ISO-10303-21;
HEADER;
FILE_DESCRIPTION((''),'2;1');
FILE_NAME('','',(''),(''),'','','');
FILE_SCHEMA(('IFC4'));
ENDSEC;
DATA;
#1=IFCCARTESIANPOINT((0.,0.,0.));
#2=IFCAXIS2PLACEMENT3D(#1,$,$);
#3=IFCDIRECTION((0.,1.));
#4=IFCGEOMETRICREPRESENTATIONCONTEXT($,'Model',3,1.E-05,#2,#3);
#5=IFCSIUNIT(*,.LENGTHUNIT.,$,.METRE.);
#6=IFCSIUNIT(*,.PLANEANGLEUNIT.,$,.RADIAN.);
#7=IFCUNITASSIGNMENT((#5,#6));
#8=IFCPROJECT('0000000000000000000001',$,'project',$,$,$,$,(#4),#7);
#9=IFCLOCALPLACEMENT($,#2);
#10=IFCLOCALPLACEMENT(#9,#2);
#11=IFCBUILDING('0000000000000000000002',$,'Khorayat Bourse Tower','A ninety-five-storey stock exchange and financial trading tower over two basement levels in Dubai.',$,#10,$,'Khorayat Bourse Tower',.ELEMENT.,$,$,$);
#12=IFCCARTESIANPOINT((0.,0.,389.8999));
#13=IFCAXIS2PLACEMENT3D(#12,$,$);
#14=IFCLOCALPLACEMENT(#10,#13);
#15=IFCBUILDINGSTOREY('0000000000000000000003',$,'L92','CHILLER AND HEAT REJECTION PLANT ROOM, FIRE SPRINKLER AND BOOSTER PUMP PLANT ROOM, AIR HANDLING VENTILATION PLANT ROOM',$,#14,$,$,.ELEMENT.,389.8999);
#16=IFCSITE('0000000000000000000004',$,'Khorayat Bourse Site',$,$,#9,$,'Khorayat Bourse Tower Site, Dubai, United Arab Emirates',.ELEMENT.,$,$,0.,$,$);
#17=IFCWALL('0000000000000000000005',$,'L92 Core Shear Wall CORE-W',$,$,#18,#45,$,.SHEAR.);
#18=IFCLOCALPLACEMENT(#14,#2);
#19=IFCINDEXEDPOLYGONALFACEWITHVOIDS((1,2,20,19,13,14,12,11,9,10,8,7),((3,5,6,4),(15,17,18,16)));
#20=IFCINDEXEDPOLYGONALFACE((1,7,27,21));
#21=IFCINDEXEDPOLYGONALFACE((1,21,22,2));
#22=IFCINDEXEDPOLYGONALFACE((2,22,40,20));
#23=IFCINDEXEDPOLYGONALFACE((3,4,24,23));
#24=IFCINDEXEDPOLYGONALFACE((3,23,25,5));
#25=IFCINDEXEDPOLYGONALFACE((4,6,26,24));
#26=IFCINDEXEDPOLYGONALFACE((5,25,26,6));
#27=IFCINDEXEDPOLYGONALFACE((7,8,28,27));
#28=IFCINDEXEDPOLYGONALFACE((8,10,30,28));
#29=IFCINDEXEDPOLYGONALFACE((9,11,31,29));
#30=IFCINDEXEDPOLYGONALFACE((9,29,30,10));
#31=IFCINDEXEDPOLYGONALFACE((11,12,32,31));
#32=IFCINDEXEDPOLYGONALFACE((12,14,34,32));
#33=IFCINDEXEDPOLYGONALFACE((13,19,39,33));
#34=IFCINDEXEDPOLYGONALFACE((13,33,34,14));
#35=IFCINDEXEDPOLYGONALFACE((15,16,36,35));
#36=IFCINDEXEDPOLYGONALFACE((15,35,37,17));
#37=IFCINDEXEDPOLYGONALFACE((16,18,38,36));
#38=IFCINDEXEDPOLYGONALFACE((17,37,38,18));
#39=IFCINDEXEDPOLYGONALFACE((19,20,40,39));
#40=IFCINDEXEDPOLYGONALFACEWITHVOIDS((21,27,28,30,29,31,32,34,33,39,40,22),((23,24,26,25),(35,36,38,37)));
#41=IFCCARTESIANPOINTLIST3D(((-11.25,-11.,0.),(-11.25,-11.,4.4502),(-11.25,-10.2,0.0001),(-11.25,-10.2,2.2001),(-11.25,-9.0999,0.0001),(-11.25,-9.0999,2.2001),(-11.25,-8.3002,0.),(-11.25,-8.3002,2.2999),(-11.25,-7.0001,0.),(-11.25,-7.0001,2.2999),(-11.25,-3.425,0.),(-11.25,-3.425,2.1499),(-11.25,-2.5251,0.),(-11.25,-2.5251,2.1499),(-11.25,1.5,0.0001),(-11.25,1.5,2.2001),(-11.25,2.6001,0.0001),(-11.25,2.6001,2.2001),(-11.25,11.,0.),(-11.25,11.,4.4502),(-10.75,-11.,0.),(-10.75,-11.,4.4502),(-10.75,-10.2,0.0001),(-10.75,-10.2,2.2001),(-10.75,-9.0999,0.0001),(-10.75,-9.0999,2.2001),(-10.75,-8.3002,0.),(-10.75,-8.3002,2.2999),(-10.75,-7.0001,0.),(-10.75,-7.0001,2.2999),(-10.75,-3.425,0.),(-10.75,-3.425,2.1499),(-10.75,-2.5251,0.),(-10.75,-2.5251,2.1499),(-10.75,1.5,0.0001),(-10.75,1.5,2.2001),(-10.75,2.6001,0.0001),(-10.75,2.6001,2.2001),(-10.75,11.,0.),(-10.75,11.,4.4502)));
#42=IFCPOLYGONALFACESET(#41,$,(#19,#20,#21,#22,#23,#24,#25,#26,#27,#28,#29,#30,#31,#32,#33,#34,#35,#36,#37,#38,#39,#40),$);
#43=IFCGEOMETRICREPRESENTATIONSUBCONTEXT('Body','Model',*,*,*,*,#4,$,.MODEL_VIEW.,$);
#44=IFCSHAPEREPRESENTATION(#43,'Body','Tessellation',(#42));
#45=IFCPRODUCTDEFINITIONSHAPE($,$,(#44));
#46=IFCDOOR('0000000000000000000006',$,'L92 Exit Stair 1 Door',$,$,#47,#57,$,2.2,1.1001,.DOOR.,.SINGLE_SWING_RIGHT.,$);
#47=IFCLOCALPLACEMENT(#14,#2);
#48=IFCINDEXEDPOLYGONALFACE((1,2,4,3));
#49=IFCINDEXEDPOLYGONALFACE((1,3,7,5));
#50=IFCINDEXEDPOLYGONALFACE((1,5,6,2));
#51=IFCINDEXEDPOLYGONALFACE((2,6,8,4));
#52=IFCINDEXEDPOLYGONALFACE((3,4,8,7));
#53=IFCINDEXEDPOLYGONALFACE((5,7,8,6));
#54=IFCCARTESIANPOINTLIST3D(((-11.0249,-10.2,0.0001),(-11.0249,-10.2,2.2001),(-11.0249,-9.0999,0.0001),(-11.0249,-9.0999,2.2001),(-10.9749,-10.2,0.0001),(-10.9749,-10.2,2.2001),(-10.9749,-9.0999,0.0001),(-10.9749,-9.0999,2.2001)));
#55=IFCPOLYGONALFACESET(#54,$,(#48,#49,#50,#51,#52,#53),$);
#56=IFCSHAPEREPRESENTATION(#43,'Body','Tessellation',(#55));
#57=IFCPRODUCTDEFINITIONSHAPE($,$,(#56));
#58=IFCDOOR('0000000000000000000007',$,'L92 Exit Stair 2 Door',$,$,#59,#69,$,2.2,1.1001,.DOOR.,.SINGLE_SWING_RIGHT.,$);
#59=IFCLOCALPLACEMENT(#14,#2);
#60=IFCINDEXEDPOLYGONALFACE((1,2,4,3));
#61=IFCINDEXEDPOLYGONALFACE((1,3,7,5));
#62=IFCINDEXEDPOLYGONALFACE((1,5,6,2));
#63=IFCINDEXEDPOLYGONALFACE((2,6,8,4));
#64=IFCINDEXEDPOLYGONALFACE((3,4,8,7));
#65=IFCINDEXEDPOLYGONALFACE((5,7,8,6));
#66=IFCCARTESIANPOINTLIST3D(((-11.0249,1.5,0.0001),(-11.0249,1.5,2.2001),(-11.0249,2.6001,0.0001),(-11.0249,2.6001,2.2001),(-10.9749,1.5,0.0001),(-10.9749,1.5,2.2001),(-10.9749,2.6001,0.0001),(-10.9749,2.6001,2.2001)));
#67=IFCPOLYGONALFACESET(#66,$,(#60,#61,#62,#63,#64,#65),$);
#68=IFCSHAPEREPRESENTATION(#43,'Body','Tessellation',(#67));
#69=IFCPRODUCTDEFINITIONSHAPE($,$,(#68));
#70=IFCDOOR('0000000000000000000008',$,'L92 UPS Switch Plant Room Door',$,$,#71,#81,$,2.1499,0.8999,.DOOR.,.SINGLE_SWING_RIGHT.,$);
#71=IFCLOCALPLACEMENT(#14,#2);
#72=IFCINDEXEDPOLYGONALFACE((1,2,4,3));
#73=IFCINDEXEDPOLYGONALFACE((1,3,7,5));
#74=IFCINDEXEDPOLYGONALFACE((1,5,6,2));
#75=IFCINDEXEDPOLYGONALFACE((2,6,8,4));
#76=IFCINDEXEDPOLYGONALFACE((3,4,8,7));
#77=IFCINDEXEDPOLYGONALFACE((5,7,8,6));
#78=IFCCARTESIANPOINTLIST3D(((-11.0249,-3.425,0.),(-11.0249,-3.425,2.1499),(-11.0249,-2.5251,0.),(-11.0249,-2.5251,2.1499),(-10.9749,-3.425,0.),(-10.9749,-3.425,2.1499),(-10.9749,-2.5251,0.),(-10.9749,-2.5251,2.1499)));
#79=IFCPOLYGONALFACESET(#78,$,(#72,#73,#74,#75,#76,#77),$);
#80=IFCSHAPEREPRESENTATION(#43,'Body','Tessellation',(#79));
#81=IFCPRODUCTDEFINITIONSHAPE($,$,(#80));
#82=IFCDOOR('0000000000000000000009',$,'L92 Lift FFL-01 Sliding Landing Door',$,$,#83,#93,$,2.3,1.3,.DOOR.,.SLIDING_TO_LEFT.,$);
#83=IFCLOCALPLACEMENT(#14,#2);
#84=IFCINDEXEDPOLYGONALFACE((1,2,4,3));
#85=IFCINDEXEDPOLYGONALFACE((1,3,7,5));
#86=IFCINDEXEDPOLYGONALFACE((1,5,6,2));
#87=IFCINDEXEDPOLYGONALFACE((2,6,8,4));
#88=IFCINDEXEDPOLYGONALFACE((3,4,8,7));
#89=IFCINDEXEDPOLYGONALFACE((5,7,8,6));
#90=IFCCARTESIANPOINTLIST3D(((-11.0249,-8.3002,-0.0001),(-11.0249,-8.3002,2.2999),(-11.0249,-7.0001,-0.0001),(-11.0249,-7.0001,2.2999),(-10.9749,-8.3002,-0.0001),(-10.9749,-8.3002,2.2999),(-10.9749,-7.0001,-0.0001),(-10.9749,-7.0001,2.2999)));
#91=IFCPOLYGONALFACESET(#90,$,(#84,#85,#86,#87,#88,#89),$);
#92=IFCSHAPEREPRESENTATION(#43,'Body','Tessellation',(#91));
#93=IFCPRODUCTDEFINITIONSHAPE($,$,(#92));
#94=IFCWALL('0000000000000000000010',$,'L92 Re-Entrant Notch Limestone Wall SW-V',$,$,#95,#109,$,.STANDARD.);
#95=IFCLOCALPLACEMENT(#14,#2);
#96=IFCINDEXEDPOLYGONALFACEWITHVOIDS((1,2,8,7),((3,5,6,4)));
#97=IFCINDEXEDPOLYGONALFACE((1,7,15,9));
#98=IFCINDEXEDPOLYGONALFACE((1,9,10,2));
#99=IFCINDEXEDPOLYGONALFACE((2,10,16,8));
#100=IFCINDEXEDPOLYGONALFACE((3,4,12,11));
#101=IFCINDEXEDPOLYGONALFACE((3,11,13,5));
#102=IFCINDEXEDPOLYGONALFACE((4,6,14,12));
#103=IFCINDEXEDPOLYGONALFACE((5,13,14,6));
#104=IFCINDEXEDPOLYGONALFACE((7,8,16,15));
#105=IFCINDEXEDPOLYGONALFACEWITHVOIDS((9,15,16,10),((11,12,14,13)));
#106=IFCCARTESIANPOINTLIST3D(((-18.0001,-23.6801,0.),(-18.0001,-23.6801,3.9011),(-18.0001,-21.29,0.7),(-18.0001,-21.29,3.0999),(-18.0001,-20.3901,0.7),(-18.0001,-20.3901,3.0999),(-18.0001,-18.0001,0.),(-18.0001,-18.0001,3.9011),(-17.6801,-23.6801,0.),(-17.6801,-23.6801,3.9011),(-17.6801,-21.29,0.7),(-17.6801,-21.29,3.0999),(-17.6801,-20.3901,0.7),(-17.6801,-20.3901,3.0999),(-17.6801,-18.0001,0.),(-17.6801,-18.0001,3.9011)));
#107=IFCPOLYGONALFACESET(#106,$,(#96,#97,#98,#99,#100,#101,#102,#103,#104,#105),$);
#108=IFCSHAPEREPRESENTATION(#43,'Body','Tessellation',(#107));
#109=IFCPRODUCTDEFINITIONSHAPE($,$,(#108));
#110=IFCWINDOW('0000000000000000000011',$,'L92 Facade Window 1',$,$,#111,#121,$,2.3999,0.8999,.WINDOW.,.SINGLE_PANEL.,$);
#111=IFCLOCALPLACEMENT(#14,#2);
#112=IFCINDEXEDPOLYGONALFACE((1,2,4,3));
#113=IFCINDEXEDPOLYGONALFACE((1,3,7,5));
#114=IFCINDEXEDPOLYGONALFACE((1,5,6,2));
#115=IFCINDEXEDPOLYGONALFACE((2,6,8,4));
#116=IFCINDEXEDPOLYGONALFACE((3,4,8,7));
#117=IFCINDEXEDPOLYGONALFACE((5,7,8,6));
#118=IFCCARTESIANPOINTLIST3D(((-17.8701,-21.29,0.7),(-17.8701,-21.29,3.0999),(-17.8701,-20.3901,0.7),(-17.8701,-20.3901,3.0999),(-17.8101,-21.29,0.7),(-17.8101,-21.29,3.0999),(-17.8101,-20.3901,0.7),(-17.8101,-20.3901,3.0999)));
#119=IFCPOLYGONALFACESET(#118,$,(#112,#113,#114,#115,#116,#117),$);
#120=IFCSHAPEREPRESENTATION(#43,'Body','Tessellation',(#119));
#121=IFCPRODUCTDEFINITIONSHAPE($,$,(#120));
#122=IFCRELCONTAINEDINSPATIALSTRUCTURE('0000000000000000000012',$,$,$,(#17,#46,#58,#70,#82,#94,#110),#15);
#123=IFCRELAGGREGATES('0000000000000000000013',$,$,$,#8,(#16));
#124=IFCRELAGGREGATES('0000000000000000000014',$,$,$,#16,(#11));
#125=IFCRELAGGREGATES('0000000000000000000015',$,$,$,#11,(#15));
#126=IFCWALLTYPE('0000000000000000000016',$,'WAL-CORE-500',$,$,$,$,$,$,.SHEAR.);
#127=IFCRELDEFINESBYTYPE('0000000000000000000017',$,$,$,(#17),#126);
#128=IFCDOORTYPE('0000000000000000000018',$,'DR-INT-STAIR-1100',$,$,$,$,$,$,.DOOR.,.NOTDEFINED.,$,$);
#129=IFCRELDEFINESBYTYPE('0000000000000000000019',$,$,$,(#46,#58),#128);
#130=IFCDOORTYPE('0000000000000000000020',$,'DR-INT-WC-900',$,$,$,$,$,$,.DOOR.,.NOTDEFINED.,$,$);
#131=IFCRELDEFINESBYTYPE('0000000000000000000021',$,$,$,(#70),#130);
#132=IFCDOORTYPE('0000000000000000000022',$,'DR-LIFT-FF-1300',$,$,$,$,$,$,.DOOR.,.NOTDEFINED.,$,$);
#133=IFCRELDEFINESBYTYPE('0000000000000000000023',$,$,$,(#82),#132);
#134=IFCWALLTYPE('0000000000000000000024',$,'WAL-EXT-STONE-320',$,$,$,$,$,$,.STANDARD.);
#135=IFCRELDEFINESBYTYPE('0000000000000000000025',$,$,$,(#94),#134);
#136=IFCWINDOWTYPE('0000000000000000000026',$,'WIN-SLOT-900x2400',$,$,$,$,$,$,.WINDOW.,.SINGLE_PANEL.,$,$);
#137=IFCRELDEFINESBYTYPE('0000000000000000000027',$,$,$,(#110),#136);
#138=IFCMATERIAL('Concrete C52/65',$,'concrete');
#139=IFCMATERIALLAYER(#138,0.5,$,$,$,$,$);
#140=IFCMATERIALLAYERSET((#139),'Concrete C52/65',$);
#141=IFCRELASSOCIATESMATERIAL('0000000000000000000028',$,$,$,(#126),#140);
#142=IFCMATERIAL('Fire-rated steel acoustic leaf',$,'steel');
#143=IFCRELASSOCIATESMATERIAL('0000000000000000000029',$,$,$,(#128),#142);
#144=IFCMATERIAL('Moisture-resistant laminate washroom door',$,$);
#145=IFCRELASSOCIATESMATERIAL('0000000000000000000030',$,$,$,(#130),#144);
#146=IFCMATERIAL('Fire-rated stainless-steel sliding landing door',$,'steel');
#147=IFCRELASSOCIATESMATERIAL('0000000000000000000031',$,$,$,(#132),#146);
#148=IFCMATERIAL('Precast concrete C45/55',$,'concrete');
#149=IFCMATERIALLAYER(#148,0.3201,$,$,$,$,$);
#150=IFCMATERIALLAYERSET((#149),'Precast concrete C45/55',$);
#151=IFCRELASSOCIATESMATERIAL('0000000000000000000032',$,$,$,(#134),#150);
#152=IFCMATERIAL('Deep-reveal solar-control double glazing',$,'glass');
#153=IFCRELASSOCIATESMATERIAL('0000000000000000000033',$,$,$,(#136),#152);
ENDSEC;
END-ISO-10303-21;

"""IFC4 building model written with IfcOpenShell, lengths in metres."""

from ifc_helpers import new_model, si_unit, direction, frame, frame_2d, origin, place, context, subcontext, project, spatial, rectangle, extrude, source, transform, mapped, material, layer, layer_set, type_object, element, fill, save


model = new_model("IFC4")

# Units and contexts
model_context = context("Model", 3, precision=1e-05, world=origin(), true_north=direction((0.0, 1.0)))
body_context = subcontext(model_context, "Body", "Model", "MODEL_VIEW")
ifc_project = project(units=[si_unit("LENGTHUNIT", "METRE"), si_unit("PLANEANGLEUNIT", "RADIAN")], contexts=[model_context])

# Site, building, storey
site_placement = place(None, origin())
site = spatial("IfcSite", under=ifc_project, at=site_placement, Name="Khorayat Bourse Site", LongName="Khorayat Bourse Tower Site, Dubai, United Arab Emirates", CompositionType="ELEMENT", RefElevation=0.0)
building_placement = place(site_placement, origin())
building = spatial("IfcBuilding", under=site, at=building_placement, Name="Khorayat Bourse Tower", Description="A ninety-five-storey stock exchange and financial trading tower over two basement levels in Dubai.", LongName="Khorayat Bourse Tower", CompositionType="ELEMENT")
storey_placement = place(building_placement, frame((0.0, 0.0, 389.8999)))
storey = spatial("IfcBuildingStorey", under=building, at=storey_placement, Name="L92", Description="CHILLER AND HEAT REJECTION PLANT ROOM, FIRE SPRINKLER AND BOOSTER PUMP PLANT ROOM, AIR HANDLING VENTILATION PLANT ROOM", CompositionType="ELEMENT", Elevation=389.8999)

# Shared definitions
ifc_material_1 = material(Name="Concrete C52/65", Category="concrete")

# Wall, openings, doors
ifc_layer_1 = layer(ifc_material_1, 0.5)
ifc_layer_set_1 = layer_set([ifc_layer_1], Name="Concrete C52/65")
wall_type_1 = type_object("IfcWallType", Name="WAL-CORE-500", PredefinedType="SHEAR", material=ifc_layer_set_1)
shared_shape_1 = source(origin(), body_context, "Body", "SweptSolid", [
    extrude(rectangle(XDim=22.0, YDim=0.5, at=frame_2d((11.0, 0.0))), origin(), (0.0, 0.0, 1.0), 4.4502),
])
wall_1_placement = place(storey_placement, frame((-11.0, -11.0, 0.0), z_axis=(0.0, 0.0, 1.0), x_axis=(0.0, 1.0, 0.0)))
wall_1 = element("IfcWall", 1, at=wall_1_placement, inside=storey, type_object=wall_type_1, Name="L92 Core Shear Wall CORE-W", PredefinedType="SHEAR", context=body_context, shape_type="MappedRepresentation", body=[
    mapped(shared_shape_1, transform((0.0, 0.0, 0.0), scale=1.0)),
])
shared_shape_2 = source(origin(), body_context, "Body", "SweptSolid", [
    extrude(rectangle(XDim=1.1001, YDim=2.2, at=frame_2d((0.55, 1.1001))), frame((0.0, 0.26, 0.0), z_axis=(0.0, -1.0, 0.0), x_axis=(1.0, 0.0, 0.0)), (0.0, 0.0, 1.0), 0.52),
])
opening_1_placement = place(wall_1_placement, frame((0.8, 0.0, 0.0)))
opening_1 = element("IfcOpeningElement", 2, at=opening_1_placement, cuts=wall_1, PredefinedType="OPENING", context=body_context, shape_type="MappedRepresentation", body=[
    mapped(shared_shape_2, transform((0.0, 0.0, 0.0), scale=1.0)),
])
opening_2_placement = place(wall_1_placement, frame((12.5, 0.0, 0.0)))
opening_2 = element("IfcOpeningElement", 3, at=opening_2_placement, cuts=wall_1, PredefinedType="OPENING", context=body_context, shape_type="MappedRepresentation", body=[
    mapped(shared_shape_2, transform((0.0, 0.0, 0.0), scale=1.0)),
])
shared_shape_3 = source(origin(), body_context, "Body", "SweptSolid", [
    extrude(rectangle(XDim=0.8999, YDim=2.1499, at=frame_2d((0.45, 1.075))), frame((0.0, 0.26, 0.0), z_axis=(0.0, -1.0, 0.0), x_axis=(1.0, 0.0, 0.0)), (0.0, 0.0, 1.0), 0.52),
])
opening_3_placement = place(wall_1_placement, frame((7.575, 0.0, 0.0)))
opening_3 = element("IfcOpeningElement", 4, at=opening_3_placement, cuts=wall_1, PredefinedType="OPENING", context=body_context, shape_type="MappedRepresentation", body=[
    mapped(shared_shape_3, transform((0.0, 0.0, 0.0), scale=1.0)),
])
shared_shape_4 = source(origin(), body_context, "Body", "SweptSolid", [
    extrude(rectangle(XDim=1.3, YDim=2.3, at=frame_2d((0.6499, 1.1499))), frame((0.0, 0.26, 0.0), z_axis=(0.0, -1.0, 0.0), x_axis=(1.0, 0.0, 0.0)), (0.0, 0.0, 1.0), 0.52),
])
opening_4_placement = place(wall_1_placement, frame((2.7, 0.0, 0.0)))
opening_4 = element("IfcOpeningElement", 5, at=opening_4_placement, cuts=wall_1, PredefinedType="OPENING", context=body_context, shape_type="MappedRepresentation", body=[
    mapped(shared_shape_4, transform((0.0, 0.0, 0.0), scale=1.0)),
])
ifc_material_2 = material(Name="Fire-rated steel acoustic leaf", Category="steel")
door_type_1 = type_object("IfcDoorType", Name="DR-INT-STAIR-1100", OperationType="NOTDEFINED", PredefinedType="DOOR", material=ifc_material_2)
shared_shape_5 = source(origin(), body_context, "Body", "SweptSolid", [
    extrude(rectangle(XDim=1.1001, YDim=2.2, at=frame_2d((0.55, 1.1001))), frame((0.0, 0.0249, 0.0), z_axis=(0.0, -1.0, 0.0), x_axis=(1.0, 0.0, 0.0)), (0.0, 0.0, 1.0), 0.05),
])
door_1_placement = place(opening_1_placement, origin())
door_1 = element("IfcDoor", 6, at=door_1_placement, inside=storey, type_object=door_type_1, Name="L92 Exit Stair 1 Door", OperationType="SINGLE_SWING_RIGHT", OverallHeight=2.2, OverallWidth=1.1001, PredefinedType="DOOR", context=body_context, shape_type="MappedRepresentation", body=[
    mapped(shared_shape_5, transform((0.0, 0.0, 0.0), scale=1.0)),
])
fill(opening_1, door_1)
door_2_placement = place(opening_2_placement, origin())
door_2 = element("IfcDoor", 7, at=door_2_placement, inside=storey, type_object=door_type_1, Name="L92 Exit Stair 2 Door", OperationType="SINGLE_SWING_RIGHT", OverallHeight=2.2, OverallWidth=1.1001, PredefinedType="DOOR", context=body_context, shape_type="MappedRepresentation", body=[
    mapped(shared_shape_5, transform((0.0, 0.0, 0.0), scale=1.0)),
])
fill(opening_2, door_2)
ifc_material_3 = material(Name="Moisture-resistant laminate washroom door")
door_type_2 = type_object("IfcDoorType", Name="DR-INT-WC-900", OperationType="NOTDEFINED", PredefinedType="DOOR", material=ifc_material_3)
shared_shape_6 = source(origin(), body_context, "Body", "SweptSolid", [
    extrude(rectangle(XDim=0.8999, YDim=2.1499, at=frame_2d((0.45, 1.075))), frame((0.0, 0.0249, 0.0), z_axis=(0.0, -1.0, 0.0), x_axis=(1.0, 0.0, 0.0)), (0.0, 0.0, 1.0), 0.05),
])
door_3_placement = place(opening_3_placement, origin())
door_3 = element("IfcDoor", 8, at=door_3_placement, inside=storey, type_object=door_type_2, Name="L92 UPS Switch Plant Room Door", OperationType="SINGLE_SWING_RIGHT", OverallHeight=2.1499, OverallWidth=0.8999, PredefinedType="DOOR", context=body_context, shape_type="MappedRepresentation", body=[
    mapped(shared_shape_6, transform((0.0, 0.0, 0.0), scale=1.0)),
])
fill(opening_3, door_3)
ifc_material_4 = material(Name="Fire-rated stainless-steel sliding landing door", Category="steel")
door_type_3 = type_object("IfcDoorType", Name="DR-LIFT-FF-1300", OperationType="NOTDEFINED", PredefinedType="DOOR", material=ifc_material_4)
shared_shape_7 = source(origin(), body_context, "Body", "SweptSolid", [
    extrude(rectangle(XDim=1.3, YDim=2.3, at=frame_2d((0.6499, 1.1499))), frame((0.0, 0.0249, 0.0), z_axis=(0.0, -1.0, 0.0), x_axis=(1.0, 0.0, 0.0)), (0.0, 0.0, 1.0), 0.05),
])
door_4_placement = place(opening_4_placement, origin())
door_4 = element("IfcDoor", 9, at=door_4_placement, inside=storey, type_object=door_type_3, Name="L92 Lift FFL-01 Sliding Landing Door", OperationType="SLIDING_TO_LEFT", OverallHeight=2.3, OverallWidth=1.3, PredefinedType="DOOR", context=body_context, shape_type="MappedRepresentation", body=[
    mapped(shared_shape_7, transform((0.0, 0.0, 0.0), scale=1.0)),
])
fill(opening_4, door_4)

# Wall, opening, window
ifc_material_5 = material(Name="Precast concrete C45/55", Category="concrete")
ifc_layer_2 = layer(ifc_material_5, 0.3201)
ifc_layer_set_2 = layer_set([ifc_layer_2], Name="Precast concrete C45/55")
wall_type_2 = type_object("IfcWallType", Name="WAL-EXT-STONE-320", PredefinedType="STANDARD", material=ifc_layer_set_2)
shared_shape_8 = source(origin(), body_context, "Body", "SweptSolid", [
    extrude(rectangle(XDim=5.6799, YDim=0.3201, at=frame_2d((2.8398, 0.0))), origin(), (0.0, 0.0, 1.0), 3.9011),
])
wall_2_placement = place(storey_placement, frame((-17.8401, -23.6799, 0.0), z_axis=(0.0, 0.0, 1.0), x_axis=(0.0, 1.0, 0.0)))
wall_2 = element("IfcWall", 10, at=wall_2_placement, inside=storey, type_object=wall_type_2, Name="L92 Re-Entrant Notch Limestone Wall SW-V", PredefinedType="STANDARD", context=body_context, shape_type="MappedRepresentation", body=[
    mapped(shared_shape_8, transform((0.0, 0.0, 0.0), scale=1.0)),
])
shared_shape_9 = source(origin(), body_context, "Body", "SweptSolid", [
    extrude(rectangle(XDim=0.8999, YDim=2.3999, at=frame_2d((0.45, 1.2))), frame((0.0, 0.1699, 0.0), z_axis=(0.0, -1.0, 0.0), x_axis=(1.0, 0.0, 0.0)), (0.0, 0.0, 1.0), 0.3401),
])
opening_5_placement = place(wall_2_placement, frame((2.3899, 0.0, 0.7)))
opening_5 = element("IfcOpeningElement", 11, at=opening_5_placement, cuts=wall_2, PredefinedType="OPENING", context=body_context, shape_type="MappedRepresentation", body=[
    mapped(shared_shape_9, transform((0.0, 0.0, 0.0), scale=1.0)),
])
ifc_material_6 = material(Name="Deep-reveal solar-control double glazing", Category="glass")
window_type = type_object("IfcWindowType", Name="WIN-SLOT-900x2400", PartitioningType="SINGLE_PANEL", PredefinedType="WINDOW", material=ifc_material_6)
shared_shape_10 = source(origin(), body_context, "Body", "SweptSolid", [
    extrude(rectangle(XDim=0.8999, YDim=2.3999, at=frame_2d((0.45, 1.2))), frame((0.0, 0.03, 0.0), z_axis=(0.0, -1.0, 0.0), x_axis=(1.0, 0.0, 0.0)), (0.0, 0.0, 1.0), 0.0601),
])
window_placement = place(opening_5_placement, origin())
window = element("IfcWindow", 12, at=window_placement, inside=storey, type_object=window_type, Name="L92 Facade Window 1", OverallHeight=2.3999, OverallWidth=0.8999, PartitioningType="SINGLE_PANEL", PredefinedType="WINDOW", context=body_context, shape_type="MappedRepresentation", body=[
    mapped(shared_shape_10, transform((0.0, 0.0, 0.0), scale=1.0)),
])
fill(opening_5, window)

save(model, "model.ifc")
